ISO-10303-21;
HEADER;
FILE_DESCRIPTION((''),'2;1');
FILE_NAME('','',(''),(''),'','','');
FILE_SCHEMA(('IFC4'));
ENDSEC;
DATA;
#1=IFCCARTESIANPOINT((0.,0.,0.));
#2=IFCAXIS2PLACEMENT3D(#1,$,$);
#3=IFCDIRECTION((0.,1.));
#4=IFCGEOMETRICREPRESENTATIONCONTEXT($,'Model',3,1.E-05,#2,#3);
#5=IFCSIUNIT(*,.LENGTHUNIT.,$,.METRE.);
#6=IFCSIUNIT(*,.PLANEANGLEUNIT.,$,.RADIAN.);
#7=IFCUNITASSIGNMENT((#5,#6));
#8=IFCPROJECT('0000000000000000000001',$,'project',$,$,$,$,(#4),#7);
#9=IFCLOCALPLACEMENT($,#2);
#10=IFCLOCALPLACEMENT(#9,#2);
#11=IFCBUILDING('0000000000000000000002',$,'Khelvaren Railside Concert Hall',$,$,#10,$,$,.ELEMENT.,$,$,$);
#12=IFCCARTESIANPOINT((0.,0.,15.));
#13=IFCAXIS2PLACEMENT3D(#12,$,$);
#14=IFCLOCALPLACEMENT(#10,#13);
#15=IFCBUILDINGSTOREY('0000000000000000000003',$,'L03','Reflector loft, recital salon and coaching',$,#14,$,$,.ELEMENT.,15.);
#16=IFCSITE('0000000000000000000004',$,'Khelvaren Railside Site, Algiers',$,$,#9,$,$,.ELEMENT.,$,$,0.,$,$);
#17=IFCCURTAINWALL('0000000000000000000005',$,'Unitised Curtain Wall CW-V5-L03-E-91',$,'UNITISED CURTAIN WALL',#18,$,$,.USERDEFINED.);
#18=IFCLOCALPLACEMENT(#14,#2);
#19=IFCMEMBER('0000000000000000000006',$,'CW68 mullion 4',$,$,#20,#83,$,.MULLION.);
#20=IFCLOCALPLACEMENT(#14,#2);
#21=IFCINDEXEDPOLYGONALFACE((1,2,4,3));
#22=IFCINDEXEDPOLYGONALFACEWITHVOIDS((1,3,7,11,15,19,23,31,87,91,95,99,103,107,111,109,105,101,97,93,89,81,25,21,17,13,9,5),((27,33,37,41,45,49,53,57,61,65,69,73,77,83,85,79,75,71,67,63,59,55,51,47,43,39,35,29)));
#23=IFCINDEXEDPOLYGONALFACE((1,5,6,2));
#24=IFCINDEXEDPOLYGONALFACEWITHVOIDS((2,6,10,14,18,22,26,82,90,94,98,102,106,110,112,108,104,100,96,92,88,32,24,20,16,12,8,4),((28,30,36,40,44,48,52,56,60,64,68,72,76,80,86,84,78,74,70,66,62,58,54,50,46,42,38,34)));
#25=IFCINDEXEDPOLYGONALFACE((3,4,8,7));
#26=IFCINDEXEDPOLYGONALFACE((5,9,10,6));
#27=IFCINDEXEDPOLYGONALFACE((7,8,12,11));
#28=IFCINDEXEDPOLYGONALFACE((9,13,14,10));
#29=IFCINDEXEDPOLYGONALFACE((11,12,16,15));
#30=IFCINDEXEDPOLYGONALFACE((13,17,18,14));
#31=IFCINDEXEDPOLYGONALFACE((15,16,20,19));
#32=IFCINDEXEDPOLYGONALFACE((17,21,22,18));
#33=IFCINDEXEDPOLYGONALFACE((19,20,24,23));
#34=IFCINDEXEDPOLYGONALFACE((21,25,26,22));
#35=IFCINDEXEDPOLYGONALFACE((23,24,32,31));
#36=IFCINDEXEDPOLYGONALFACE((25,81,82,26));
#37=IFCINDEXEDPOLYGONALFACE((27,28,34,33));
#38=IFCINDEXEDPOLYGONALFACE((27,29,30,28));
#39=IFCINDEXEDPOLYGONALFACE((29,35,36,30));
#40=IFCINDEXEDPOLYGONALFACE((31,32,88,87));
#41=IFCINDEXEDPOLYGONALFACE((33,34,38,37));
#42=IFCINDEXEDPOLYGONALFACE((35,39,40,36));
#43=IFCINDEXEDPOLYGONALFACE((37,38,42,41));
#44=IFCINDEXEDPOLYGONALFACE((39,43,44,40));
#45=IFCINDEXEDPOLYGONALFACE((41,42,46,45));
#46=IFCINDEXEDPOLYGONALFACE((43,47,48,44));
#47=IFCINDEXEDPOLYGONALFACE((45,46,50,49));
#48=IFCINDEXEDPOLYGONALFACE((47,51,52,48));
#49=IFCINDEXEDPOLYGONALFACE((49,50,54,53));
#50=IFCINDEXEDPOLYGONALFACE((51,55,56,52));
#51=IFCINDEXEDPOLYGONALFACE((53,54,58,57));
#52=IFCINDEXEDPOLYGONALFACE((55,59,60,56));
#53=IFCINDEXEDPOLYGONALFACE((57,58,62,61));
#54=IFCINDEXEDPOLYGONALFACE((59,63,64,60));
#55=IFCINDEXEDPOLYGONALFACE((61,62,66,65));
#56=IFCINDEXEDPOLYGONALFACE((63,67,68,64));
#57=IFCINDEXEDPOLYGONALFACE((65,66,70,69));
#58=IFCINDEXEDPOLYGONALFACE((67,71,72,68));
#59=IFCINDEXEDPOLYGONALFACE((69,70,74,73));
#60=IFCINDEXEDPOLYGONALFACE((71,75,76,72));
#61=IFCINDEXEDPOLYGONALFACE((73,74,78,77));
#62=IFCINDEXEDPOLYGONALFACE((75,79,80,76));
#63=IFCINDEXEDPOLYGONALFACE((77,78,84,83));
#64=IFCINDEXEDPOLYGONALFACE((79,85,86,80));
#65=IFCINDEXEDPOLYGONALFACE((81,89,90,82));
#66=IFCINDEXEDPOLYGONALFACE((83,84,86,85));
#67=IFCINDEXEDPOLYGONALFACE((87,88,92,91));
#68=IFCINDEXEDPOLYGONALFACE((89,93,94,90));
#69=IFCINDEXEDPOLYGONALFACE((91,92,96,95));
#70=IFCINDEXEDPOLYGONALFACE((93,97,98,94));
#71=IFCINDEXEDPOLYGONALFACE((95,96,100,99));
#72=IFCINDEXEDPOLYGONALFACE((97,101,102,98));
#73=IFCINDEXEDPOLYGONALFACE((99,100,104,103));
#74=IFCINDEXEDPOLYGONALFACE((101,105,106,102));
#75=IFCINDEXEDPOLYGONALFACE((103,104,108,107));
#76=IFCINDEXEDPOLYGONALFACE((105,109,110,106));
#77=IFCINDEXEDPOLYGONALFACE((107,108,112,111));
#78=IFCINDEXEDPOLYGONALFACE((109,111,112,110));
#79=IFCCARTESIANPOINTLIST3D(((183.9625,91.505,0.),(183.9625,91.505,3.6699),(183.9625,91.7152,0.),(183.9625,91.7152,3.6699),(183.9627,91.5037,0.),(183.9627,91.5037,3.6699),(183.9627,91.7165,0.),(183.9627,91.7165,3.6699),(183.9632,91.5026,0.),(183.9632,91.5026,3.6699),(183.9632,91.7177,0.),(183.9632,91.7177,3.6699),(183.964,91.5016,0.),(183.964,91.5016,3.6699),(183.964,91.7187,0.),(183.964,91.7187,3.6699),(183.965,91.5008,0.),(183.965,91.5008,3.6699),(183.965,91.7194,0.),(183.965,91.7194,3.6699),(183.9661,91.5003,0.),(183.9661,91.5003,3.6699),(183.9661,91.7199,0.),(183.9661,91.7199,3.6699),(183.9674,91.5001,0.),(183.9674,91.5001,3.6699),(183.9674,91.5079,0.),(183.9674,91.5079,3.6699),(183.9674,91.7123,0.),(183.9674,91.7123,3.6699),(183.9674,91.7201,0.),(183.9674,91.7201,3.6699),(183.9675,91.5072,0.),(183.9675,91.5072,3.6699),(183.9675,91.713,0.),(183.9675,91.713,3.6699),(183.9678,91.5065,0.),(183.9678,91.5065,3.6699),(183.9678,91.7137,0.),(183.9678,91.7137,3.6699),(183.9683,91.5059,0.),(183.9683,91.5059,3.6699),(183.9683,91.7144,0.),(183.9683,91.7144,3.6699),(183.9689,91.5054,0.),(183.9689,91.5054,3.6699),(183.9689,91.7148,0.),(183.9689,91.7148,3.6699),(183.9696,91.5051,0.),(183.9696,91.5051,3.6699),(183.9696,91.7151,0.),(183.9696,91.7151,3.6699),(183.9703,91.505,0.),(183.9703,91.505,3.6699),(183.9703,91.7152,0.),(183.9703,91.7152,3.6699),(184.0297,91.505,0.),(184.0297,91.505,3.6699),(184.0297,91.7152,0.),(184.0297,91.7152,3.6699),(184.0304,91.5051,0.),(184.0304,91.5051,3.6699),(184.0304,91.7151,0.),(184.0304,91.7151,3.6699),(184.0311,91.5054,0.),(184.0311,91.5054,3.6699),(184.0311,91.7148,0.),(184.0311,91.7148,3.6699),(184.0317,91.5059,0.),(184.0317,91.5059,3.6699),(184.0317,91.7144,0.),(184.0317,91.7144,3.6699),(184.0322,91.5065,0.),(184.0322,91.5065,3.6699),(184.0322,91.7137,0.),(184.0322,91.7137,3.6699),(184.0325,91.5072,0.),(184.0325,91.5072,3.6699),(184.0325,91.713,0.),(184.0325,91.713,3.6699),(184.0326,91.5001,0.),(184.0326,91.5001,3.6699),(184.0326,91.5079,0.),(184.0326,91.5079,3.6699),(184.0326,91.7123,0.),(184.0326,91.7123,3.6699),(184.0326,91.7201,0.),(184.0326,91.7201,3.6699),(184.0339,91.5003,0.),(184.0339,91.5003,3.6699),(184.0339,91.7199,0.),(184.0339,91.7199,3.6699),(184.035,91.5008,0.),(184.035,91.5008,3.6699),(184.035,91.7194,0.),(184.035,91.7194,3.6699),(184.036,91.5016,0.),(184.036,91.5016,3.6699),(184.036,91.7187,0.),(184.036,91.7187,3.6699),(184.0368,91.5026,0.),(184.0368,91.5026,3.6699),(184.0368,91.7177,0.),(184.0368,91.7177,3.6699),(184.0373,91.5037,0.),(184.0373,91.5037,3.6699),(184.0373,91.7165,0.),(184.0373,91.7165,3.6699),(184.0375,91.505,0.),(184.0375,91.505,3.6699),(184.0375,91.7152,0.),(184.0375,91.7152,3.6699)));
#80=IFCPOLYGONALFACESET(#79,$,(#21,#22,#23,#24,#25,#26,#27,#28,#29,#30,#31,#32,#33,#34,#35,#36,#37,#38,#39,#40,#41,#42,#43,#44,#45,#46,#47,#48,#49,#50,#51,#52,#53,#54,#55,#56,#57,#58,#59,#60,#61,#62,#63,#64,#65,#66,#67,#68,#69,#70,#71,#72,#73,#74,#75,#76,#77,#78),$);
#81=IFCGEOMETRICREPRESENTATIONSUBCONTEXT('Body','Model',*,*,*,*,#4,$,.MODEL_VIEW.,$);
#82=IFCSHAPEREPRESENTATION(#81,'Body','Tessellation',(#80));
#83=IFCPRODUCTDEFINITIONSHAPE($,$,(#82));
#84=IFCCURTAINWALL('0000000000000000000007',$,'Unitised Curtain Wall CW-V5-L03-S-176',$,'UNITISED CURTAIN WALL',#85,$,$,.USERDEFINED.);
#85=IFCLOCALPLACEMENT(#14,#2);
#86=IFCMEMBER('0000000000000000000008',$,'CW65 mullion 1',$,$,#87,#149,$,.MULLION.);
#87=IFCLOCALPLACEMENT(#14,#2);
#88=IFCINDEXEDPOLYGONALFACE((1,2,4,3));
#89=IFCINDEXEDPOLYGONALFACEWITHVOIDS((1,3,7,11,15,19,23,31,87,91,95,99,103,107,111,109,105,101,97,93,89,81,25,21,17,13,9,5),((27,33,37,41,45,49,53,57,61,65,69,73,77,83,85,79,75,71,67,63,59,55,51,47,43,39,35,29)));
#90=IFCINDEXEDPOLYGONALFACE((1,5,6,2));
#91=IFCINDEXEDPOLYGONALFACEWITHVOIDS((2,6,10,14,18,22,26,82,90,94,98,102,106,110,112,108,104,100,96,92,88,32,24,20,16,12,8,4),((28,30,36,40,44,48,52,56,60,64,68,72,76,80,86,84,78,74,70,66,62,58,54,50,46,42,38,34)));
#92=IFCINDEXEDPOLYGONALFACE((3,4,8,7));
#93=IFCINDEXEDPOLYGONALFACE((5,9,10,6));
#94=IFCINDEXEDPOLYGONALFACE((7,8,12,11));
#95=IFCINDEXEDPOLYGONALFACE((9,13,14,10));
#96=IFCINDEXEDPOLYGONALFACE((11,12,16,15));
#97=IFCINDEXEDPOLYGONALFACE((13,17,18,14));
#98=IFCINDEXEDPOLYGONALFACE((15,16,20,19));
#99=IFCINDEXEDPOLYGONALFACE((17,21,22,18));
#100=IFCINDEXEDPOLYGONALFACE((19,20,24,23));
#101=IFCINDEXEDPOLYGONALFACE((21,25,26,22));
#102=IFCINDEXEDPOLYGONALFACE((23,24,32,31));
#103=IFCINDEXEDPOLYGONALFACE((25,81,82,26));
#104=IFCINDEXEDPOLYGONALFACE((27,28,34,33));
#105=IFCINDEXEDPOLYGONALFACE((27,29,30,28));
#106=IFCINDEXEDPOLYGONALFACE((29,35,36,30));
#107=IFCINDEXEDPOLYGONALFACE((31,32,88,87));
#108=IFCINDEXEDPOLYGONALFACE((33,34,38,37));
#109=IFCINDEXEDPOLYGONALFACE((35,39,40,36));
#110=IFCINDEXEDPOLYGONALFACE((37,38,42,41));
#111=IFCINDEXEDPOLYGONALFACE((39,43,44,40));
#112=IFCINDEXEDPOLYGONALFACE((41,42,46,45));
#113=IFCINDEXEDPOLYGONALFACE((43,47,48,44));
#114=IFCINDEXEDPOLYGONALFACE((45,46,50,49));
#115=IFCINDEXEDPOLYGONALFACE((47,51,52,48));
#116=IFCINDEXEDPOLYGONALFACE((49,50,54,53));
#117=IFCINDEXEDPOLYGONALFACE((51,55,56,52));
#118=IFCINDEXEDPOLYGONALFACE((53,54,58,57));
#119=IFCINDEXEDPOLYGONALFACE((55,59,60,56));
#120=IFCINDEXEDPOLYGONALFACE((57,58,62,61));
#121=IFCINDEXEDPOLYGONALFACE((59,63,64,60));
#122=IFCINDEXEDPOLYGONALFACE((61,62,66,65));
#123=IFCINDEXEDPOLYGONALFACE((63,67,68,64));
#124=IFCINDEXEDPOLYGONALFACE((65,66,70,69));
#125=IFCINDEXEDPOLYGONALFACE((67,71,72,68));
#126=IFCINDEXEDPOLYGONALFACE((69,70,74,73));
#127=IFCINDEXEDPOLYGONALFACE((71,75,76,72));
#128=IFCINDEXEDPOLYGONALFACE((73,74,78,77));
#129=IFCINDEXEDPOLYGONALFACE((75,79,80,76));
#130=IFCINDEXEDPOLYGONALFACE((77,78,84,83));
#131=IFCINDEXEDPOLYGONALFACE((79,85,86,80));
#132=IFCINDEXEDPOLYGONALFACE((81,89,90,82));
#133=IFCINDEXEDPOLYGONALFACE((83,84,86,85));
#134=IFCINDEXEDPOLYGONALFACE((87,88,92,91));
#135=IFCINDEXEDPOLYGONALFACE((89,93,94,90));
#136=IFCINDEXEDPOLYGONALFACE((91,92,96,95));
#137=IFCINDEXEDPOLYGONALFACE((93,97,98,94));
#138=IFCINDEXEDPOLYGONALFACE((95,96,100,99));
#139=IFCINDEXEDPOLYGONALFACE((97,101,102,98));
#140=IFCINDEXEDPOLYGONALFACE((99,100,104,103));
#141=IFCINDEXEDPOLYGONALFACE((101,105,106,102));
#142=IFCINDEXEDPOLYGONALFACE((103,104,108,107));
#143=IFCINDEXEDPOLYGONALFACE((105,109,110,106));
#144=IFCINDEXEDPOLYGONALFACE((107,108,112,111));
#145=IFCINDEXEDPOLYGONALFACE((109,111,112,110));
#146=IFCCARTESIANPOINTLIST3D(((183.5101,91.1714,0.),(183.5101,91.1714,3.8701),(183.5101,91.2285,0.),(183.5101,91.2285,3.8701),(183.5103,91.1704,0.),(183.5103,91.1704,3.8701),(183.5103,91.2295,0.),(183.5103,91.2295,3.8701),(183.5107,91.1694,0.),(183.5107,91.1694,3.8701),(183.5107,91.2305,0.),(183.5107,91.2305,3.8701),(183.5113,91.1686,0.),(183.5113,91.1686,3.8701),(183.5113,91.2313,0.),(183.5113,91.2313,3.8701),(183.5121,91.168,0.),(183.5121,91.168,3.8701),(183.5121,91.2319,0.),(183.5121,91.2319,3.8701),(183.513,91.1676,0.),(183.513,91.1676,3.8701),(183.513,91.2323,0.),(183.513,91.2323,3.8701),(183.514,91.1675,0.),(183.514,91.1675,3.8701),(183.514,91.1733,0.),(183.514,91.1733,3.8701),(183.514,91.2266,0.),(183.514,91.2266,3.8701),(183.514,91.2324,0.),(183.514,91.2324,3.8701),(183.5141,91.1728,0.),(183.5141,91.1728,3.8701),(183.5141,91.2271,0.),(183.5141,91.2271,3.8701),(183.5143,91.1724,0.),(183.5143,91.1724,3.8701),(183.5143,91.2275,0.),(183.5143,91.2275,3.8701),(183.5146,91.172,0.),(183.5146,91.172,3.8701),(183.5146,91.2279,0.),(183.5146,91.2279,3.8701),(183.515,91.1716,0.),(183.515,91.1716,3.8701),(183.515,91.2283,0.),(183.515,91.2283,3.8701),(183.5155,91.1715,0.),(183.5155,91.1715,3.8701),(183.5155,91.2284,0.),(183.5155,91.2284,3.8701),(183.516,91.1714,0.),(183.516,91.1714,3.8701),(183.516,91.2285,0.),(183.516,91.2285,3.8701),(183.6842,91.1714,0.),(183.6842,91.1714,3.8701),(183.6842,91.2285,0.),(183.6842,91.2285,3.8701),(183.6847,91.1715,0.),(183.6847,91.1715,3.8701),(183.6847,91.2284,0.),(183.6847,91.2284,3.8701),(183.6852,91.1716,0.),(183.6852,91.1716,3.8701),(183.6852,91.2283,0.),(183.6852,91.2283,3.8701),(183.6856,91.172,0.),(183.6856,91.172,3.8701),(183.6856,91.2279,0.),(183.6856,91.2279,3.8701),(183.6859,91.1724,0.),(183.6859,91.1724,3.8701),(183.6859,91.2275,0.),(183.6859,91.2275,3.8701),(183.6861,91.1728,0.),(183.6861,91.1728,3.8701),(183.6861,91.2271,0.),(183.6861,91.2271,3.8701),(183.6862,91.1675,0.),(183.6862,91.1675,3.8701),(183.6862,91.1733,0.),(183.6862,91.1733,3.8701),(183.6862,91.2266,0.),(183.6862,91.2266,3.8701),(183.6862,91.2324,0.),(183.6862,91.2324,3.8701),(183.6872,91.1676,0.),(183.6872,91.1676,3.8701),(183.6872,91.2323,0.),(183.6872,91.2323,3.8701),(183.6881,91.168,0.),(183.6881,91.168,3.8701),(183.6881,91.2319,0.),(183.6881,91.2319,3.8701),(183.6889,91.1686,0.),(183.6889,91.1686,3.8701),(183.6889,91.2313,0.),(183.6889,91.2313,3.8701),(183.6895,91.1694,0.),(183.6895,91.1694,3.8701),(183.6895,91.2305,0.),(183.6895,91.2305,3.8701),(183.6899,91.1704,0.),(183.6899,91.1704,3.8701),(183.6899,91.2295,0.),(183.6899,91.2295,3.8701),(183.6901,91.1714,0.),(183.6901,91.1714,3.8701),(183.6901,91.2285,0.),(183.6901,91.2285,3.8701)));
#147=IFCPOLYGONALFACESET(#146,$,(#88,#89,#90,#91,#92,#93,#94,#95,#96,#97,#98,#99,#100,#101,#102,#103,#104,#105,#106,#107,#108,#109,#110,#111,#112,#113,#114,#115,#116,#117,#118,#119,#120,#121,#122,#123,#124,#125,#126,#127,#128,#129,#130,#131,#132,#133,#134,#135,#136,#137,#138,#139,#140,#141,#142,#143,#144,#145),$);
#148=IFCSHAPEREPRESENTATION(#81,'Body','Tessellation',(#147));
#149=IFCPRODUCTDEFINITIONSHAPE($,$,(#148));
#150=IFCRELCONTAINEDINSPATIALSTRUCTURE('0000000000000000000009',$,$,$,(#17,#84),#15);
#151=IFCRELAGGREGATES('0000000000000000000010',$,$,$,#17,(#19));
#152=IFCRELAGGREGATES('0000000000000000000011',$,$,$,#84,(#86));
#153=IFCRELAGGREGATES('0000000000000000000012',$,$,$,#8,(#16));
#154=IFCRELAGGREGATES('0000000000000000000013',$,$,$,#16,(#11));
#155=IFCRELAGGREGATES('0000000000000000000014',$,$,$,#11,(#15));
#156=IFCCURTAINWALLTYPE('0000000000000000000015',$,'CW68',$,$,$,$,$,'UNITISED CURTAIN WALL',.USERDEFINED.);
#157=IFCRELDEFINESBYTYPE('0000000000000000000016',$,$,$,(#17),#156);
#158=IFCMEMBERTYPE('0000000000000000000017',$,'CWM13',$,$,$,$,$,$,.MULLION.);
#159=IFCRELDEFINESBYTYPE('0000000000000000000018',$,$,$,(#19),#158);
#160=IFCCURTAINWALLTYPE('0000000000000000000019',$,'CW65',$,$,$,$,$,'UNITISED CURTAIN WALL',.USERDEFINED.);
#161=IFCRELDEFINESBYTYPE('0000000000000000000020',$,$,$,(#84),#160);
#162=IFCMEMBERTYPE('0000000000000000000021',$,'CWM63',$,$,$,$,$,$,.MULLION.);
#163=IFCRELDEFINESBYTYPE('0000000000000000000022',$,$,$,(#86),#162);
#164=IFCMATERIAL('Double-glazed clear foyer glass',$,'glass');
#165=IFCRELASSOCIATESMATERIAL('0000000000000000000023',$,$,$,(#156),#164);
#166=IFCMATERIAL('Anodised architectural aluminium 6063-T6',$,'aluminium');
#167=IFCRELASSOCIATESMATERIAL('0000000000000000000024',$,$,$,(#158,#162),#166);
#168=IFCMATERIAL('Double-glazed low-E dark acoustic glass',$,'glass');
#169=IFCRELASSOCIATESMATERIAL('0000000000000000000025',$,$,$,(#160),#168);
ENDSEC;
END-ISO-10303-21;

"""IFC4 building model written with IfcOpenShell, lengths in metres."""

from ifc_helpers import new_model, si_unit, direction, frame, origin, origin_2d, place, context, subcontext, project, spatial, hollow_rectangle, extrude, material, material_profile, profile_set, type_object, element, aggregate, save


model = new_model("IFC4")

# Units and contexts
model_context = context("Model", 3, precision=1e-05, world=origin(), true_north=direction((0.0, 1.0)))
body_context = subcontext(model_context, "Body", "Model", "MODEL_VIEW")
ifc_project = project(units=[si_unit("LENGTHUNIT", "METRE"), si_unit("PLANEANGLEUNIT", "RADIAN")], contexts=[model_context])

# Site, building, storey
site_placement = place(None, origin())
site = spatial("IfcSite", under=ifc_project, at=site_placement, Name="Khelvaren Railside Site, Algiers", CompositionType="ELEMENT", RefElevation=0.0)
building_placement = place(site_placement, origin())
building = spatial("IfcBuilding", under=site, at=building_placement, Name="Khelvaren Railside Concert Hall", CompositionType="ELEMENT")
storey_placement = place(building_placement, frame((0.0, 0.0, 15.0)))
storey = spatial("IfcBuildingStorey", under=building, at=storey_placement, Name="L03", Description="Reflector loft, recital salon and coaching", CompositionType="ELEMENT", Elevation=15.0)

# Curtain wall, member
ifc_material_1 = material(Name="Double-glazed clear foyer glass", Category="glass")
curtain_wall_type_1 = type_object("IfcCurtainWallType", Name="CW68", ElementType="UNITISED CURTAIN WALL", PredefinedType="USERDEFINED", material=ifc_material_1)
curtain_wall_1_placement = place(storey_placement, origin())
curtain_wall_1 = element("IfcCurtainWall", 1, at=curtain_wall_1_placement, inside=storey, type_object=curtain_wall_type_1, Name="Unitised Curtain Wall CW-V5-L03-E-91", ObjectType="UNITISED CURTAIN WALL", PredefinedType="USERDEFINED")
ifc_material_2 = material(Name="Anodised architectural aluminium 6063-T6", Category="aluminium")
ifc_material_profile_1 = material_profile(ifc_material_2, hollow_rectangle(XDim=0.075, YDim=0.22, WallThickness=0.0049, InnerFilletRadius=0.0029, OuterFilletRadius=0.0049, at=origin_2d()), Name="CWM 75x220x5")
ifc_profile_set_1 = profile_set([ifc_material_profile_1], Name="Anodised architectural aluminium 6063-T6")
member_type_1 = type_object("IfcMemberType", Name="CWM13", PredefinedType="MULLION", material=ifc_profile_set_1)
member_1_placement = place(storey_placement, frame((184.0, 91.6101, 0.0), z_axis=(0.0, 0.0, 1.0), x_axis=(1.0, 0.0, 0.0)))
member_1 = element("IfcMember", 2, at=member_1_placement, type_object=member_type_1, Name="CW68 mullion 4", PredefinedType="MULLION", context=body_context, shape_type="SweptSolid", body=[
    extrude(hollow_rectangle(XDim=0.075, YDim=0.22, WallThickness=0.0049, InnerFilletRadius=0.0029, OuterFilletRadius=0.0049, at=origin_2d()), origin(), (0.0, 0.0, 1.0), 3.6699),
])
aggregate(curtain_wall_1, [member_1])

# Curtain wall, member
ifc_material_3 = material(Name="Double-glazed low-E dark acoustic glass", Category="glass")
curtain_wall_type_2 = type_object("IfcCurtainWallType", Name="CW65", ElementType="UNITISED CURTAIN WALL", PredefinedType="USERDEFINED", material=ifc_material_3)
curtain_wall_2_placement = place(storey_placement, origin())
curtain_wall_2 = element("IfcCurtainWall", 3, at=curtain_wall_2_placement, inside=storey, type_object=curtain_wall_type_2, Name="Unitised Curtain Wall CW-V5-L03-S-176", ObjectType="UNITISED CURTAIN WALL", PredefinedType="USERDEFINED")
ifc_material_profile_2 = material_profile(ifc_material_2, hollow_rectangle(XDim=0.0649, YDim=0.1799, WallThickness=0.0039, InnerFilletRadius=0.002, OuterFilletRadius=0.0039, at=origin_2d()), Name="CWM 65x180x4")
ifc_profile_set_2 = profile_set([ifc_material_profile_2], Name="Anodised architectural aluminium 6063-T6")
member_type_2 = type_object("IfcMemberType", Name="CWM63", PredefinedType="MULLION", material=ifc_profile_set_2)
member_2_placement = place(storey_placement, frame((183.6001, 91.2, 0.0), z_axis=(0.0, 0.0, 1.0), x_axis=(0.0, -1.0, 0.0)))
member_2 = element("IfcMember", 4, at=member_2_placement, type_object=member_type_2, Name="CW65 mullion 1", PredefinedType="MULLION", context=body_context, shape_type="SweptSolid", body=[
    extrude(hollow_rectangle(XDim=0.0649, YDim=0.1799, WallThickness=0.0039, InnerFilletRadius=0.002, OuterFilletRadius=0.0039, at=origin_2d()), origin(), (0.0, 0.0, 1.0), 3.8701),
])

aggregate(curtain_wall_2, [member_2])

save(model, "model.ifc")
